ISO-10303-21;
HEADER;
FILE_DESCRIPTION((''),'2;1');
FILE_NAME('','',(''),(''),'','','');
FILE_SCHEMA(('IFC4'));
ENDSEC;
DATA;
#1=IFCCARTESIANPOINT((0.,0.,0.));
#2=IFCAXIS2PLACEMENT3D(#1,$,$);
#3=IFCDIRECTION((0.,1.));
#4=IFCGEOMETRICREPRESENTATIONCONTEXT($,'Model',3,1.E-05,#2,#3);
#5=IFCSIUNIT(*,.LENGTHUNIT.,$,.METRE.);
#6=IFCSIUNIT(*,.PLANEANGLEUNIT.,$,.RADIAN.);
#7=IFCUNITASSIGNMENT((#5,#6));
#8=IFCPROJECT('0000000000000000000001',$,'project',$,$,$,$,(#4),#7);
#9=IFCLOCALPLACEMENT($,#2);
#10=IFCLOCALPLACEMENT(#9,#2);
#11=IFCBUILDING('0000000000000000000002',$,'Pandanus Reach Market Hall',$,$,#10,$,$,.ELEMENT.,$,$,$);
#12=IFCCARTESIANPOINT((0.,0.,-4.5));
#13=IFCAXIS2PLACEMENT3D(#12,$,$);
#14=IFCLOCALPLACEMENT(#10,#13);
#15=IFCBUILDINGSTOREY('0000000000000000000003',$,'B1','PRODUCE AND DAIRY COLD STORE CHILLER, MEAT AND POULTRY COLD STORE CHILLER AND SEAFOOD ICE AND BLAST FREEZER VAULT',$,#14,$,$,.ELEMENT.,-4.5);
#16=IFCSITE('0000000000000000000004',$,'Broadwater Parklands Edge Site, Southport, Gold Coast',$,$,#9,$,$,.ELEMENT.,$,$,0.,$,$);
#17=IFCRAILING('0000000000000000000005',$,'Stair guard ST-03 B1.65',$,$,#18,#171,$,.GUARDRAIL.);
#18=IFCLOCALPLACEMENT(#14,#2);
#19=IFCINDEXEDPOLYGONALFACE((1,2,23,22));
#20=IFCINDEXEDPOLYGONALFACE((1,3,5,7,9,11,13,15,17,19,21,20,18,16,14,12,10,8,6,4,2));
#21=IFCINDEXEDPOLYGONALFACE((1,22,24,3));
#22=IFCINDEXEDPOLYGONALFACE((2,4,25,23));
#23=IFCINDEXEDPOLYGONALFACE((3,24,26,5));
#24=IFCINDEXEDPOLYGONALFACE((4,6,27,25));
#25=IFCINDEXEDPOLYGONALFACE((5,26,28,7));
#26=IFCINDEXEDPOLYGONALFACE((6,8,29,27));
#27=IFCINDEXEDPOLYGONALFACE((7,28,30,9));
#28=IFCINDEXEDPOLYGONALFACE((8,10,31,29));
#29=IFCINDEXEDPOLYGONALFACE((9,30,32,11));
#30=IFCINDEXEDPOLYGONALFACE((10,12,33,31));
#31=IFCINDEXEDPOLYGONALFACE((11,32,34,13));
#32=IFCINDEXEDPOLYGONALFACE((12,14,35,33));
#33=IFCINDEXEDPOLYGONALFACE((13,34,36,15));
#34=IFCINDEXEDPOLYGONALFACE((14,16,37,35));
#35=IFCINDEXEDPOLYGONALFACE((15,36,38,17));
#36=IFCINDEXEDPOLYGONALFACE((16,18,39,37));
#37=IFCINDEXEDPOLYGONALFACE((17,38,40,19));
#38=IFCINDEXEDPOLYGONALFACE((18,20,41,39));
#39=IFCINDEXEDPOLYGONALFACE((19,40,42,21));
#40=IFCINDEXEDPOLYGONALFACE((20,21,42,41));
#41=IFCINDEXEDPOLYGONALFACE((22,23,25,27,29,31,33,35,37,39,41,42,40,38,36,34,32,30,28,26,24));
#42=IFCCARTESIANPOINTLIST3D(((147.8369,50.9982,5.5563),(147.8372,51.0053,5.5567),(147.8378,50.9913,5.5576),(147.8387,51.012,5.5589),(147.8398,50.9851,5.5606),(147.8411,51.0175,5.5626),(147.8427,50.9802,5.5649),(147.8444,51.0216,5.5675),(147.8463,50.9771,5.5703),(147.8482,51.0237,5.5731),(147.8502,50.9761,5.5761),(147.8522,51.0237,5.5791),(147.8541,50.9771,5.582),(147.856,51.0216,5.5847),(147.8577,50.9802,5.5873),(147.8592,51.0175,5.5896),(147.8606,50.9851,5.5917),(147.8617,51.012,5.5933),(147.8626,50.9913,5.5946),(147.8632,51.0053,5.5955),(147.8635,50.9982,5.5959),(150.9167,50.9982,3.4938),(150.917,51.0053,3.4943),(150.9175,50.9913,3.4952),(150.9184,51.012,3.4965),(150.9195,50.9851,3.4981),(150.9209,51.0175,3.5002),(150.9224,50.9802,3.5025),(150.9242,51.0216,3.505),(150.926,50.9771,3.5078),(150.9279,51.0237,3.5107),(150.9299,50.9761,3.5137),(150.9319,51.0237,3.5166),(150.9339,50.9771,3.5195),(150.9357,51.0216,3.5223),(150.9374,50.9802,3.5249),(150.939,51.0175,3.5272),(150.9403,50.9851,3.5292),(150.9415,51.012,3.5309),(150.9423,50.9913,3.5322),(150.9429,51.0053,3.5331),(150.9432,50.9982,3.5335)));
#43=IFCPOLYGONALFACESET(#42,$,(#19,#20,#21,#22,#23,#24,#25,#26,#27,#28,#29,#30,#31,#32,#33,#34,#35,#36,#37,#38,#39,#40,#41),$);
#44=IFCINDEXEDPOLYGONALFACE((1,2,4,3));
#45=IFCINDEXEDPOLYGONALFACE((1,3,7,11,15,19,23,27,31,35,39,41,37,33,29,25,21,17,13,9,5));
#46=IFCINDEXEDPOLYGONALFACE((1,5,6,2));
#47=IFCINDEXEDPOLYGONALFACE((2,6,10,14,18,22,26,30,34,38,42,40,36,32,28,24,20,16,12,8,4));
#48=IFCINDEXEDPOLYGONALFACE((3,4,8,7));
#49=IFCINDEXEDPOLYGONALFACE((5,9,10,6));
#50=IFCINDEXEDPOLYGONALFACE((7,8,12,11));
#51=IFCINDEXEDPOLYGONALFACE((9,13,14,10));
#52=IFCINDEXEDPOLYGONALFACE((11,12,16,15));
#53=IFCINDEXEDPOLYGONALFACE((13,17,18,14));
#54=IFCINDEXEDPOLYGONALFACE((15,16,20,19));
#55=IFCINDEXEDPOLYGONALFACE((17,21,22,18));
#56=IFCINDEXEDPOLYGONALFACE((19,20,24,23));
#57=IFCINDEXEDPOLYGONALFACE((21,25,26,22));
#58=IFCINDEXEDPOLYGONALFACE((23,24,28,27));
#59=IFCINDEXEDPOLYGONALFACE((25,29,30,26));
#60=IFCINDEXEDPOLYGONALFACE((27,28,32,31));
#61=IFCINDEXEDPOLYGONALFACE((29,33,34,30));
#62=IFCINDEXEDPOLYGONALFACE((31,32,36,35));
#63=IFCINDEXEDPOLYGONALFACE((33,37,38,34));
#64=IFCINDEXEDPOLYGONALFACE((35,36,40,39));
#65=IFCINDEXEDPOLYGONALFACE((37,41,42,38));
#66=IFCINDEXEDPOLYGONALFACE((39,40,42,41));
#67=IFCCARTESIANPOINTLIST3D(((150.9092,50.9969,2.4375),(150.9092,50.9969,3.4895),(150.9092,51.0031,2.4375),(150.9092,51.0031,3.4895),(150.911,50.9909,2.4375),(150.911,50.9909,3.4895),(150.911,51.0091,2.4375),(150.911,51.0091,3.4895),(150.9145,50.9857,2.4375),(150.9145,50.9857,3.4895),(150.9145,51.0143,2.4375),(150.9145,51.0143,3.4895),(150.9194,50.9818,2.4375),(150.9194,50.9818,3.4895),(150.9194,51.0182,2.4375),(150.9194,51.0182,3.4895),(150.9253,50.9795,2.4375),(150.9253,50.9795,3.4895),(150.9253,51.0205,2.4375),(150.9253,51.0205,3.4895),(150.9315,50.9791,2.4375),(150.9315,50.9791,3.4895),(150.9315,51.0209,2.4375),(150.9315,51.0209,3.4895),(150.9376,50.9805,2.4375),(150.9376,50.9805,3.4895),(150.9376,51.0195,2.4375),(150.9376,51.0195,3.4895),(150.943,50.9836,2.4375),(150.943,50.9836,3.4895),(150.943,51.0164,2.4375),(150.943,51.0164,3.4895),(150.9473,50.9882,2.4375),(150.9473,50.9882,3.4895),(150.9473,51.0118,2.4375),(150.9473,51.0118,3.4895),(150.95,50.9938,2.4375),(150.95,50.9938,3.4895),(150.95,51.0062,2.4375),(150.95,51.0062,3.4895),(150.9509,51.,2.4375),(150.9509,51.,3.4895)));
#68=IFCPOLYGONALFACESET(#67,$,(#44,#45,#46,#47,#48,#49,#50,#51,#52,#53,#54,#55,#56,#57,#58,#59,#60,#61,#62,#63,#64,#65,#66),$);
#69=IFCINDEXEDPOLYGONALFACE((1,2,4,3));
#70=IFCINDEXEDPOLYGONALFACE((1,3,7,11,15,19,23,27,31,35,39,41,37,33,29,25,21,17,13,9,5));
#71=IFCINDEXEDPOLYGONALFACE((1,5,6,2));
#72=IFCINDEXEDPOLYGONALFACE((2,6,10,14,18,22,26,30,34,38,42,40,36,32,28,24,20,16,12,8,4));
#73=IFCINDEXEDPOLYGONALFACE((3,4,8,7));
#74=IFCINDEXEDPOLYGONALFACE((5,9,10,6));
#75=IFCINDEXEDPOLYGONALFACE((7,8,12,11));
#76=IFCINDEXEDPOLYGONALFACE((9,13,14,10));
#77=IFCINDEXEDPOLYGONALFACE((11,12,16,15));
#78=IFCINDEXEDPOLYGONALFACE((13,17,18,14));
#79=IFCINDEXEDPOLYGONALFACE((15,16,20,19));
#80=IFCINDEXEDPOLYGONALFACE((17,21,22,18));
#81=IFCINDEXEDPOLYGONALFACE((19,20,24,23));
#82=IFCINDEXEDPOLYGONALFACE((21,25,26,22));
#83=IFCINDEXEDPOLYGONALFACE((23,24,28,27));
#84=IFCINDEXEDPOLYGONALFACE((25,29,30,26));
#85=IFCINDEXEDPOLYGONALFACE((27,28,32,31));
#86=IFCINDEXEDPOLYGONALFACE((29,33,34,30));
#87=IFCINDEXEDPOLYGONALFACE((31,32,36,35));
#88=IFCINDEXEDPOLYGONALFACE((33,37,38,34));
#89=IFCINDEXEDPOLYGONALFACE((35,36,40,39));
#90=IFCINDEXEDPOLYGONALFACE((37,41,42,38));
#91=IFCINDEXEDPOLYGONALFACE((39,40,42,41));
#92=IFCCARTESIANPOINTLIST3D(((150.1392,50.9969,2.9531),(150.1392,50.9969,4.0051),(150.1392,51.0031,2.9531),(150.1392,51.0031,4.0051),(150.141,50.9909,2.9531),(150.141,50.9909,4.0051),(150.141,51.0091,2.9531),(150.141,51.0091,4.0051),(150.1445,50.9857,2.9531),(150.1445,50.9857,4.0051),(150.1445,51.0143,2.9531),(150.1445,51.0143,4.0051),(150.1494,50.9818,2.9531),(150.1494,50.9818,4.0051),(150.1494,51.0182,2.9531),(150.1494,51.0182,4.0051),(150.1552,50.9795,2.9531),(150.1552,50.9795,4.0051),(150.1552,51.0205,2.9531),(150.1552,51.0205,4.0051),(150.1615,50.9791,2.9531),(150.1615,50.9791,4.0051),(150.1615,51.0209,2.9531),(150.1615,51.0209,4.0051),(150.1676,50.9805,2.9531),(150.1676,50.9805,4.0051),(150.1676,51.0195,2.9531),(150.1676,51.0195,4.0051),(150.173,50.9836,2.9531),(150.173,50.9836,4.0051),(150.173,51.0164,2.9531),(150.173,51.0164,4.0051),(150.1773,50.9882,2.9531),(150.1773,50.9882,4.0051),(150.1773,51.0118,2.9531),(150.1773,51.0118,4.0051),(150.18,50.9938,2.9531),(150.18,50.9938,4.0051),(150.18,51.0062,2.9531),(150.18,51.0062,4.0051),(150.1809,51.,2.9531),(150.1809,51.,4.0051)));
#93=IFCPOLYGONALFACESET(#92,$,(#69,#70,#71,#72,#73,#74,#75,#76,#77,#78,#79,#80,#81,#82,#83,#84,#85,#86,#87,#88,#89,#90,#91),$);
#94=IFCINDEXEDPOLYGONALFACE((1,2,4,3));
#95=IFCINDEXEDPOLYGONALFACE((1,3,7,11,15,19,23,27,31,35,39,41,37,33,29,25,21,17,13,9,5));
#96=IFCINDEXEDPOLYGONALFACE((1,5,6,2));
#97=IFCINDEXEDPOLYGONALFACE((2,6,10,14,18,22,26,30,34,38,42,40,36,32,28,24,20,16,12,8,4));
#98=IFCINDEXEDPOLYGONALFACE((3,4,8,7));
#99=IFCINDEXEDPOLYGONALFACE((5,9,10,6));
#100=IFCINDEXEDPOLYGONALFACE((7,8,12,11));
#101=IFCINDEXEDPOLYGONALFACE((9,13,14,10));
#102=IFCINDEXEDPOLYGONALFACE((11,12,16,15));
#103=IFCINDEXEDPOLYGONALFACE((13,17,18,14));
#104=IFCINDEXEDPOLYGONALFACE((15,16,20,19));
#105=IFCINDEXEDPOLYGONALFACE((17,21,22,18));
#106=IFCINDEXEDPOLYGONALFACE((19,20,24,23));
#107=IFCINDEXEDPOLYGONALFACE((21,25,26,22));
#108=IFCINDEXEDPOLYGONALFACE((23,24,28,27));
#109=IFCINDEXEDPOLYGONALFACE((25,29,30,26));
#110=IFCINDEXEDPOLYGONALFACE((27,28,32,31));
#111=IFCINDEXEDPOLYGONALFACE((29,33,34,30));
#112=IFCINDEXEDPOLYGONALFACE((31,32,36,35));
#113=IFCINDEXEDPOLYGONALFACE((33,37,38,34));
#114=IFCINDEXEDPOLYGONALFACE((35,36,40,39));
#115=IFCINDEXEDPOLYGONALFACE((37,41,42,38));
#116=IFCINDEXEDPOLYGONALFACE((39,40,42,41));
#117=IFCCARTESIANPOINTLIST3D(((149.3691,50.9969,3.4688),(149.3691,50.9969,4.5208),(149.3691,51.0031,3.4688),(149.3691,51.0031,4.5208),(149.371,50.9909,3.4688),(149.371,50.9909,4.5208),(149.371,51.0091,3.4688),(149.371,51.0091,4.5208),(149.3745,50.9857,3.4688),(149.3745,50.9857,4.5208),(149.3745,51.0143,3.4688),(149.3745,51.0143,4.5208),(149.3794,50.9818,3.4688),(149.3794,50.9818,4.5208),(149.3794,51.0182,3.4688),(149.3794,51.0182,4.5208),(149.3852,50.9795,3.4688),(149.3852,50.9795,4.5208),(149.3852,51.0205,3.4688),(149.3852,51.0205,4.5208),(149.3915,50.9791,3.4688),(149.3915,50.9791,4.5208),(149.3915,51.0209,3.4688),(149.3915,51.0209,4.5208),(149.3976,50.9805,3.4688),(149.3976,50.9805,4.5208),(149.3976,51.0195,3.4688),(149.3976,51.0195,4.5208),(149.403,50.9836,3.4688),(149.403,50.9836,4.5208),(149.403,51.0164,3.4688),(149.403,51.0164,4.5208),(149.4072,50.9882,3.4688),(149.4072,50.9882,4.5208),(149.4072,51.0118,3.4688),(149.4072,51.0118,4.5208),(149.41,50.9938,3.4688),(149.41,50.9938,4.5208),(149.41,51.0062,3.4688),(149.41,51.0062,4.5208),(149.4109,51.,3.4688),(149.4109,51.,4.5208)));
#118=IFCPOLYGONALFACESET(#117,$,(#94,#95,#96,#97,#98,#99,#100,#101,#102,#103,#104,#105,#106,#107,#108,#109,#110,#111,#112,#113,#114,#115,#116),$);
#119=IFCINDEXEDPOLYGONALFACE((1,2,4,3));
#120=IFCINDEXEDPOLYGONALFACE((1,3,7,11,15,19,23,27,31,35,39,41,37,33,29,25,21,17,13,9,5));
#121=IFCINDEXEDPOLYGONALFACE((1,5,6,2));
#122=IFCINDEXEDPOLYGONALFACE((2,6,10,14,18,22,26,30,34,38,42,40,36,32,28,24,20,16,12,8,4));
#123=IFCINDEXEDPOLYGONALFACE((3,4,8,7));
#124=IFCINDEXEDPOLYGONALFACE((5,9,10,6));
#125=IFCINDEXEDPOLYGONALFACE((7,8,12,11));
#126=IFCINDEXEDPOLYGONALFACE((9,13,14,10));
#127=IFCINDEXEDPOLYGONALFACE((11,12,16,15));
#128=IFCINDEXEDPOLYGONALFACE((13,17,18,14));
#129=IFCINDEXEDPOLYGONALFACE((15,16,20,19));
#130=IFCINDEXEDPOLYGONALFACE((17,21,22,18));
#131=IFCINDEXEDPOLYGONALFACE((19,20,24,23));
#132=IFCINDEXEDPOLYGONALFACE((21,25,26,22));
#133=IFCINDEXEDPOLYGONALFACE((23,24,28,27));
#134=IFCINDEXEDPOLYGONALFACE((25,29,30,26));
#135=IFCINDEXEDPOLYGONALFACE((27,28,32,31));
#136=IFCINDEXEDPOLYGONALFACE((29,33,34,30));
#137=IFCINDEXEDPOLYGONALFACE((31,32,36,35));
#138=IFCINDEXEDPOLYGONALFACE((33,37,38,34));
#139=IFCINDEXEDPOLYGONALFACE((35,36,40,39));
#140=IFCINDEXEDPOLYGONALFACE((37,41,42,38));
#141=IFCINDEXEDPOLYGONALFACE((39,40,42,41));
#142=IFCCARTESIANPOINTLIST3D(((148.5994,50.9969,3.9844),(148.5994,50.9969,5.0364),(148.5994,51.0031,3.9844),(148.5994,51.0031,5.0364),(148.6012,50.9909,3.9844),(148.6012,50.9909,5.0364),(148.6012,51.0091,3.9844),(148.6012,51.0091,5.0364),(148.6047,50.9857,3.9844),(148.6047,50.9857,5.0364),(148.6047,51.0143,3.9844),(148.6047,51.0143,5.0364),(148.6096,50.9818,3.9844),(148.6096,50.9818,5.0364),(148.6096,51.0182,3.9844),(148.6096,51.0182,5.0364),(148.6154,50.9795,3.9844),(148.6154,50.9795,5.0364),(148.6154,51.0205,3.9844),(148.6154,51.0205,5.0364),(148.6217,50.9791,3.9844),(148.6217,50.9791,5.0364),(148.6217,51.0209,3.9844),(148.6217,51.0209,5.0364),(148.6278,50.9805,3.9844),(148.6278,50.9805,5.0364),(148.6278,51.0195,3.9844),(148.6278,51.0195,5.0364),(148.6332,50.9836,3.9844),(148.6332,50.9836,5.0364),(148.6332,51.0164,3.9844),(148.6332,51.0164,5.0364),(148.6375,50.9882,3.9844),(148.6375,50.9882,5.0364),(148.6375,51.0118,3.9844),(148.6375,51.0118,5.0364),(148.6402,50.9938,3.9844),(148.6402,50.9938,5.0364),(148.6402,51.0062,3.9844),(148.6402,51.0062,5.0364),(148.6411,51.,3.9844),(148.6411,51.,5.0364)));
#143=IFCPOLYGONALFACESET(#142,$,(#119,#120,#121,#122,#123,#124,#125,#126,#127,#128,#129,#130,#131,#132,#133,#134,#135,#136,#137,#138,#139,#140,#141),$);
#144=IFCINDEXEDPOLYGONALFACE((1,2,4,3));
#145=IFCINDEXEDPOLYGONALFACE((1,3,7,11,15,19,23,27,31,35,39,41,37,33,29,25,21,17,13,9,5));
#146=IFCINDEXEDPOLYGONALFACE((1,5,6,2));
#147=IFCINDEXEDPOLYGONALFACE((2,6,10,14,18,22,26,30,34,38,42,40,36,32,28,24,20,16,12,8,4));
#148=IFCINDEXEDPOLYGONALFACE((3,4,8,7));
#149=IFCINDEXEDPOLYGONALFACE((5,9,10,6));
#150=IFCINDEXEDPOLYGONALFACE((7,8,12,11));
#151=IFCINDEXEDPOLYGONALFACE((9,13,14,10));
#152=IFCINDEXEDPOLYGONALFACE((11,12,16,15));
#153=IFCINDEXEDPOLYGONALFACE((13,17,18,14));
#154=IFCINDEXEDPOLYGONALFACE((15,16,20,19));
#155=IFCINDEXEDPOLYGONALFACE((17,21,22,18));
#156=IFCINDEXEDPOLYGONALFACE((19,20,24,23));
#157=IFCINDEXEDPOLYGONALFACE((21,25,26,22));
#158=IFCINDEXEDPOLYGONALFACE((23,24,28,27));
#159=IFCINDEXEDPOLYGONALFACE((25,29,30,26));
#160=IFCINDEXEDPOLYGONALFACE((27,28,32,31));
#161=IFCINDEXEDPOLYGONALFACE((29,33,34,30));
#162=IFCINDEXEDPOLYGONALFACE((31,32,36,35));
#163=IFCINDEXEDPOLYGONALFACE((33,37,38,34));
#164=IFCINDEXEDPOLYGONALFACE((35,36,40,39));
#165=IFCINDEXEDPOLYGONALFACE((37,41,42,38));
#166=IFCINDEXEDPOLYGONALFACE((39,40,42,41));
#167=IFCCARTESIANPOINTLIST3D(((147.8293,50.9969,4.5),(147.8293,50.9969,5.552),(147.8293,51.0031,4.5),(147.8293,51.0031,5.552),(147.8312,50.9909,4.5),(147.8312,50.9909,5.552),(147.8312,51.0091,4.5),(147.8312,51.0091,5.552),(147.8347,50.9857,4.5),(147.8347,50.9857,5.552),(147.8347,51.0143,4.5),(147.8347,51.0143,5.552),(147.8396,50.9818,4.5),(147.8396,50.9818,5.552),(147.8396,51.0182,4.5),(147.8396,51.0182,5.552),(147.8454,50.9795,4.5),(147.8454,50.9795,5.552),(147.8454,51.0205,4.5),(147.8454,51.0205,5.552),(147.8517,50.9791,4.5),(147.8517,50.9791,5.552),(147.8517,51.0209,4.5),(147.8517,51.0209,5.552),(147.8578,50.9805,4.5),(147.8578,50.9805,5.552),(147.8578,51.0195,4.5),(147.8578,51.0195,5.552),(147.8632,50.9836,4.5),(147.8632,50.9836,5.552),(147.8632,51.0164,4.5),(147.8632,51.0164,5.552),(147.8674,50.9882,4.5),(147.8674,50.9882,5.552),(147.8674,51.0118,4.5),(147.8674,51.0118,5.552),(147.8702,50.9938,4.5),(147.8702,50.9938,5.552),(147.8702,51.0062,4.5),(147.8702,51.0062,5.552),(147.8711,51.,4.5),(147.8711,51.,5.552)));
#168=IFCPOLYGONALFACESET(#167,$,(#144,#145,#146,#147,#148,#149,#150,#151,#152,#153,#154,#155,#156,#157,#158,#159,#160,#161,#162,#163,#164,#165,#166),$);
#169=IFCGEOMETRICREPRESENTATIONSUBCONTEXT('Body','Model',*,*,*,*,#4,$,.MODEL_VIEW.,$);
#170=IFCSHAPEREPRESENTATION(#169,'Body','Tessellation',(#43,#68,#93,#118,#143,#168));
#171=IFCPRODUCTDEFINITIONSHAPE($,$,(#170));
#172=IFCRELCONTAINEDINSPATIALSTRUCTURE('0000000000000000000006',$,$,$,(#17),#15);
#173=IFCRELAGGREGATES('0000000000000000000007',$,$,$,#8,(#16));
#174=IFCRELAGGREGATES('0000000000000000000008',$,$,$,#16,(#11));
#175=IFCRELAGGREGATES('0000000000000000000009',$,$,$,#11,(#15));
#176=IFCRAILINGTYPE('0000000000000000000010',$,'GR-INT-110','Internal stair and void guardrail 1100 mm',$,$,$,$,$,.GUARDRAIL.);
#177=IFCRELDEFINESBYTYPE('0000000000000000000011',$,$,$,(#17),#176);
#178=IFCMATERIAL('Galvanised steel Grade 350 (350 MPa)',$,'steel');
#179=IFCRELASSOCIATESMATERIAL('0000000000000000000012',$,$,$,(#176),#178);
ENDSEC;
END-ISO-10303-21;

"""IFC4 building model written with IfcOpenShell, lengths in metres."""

from ifc_helpers import new_model, si_unit, direction, frame, origin, origin_2d, place, context, subcontext, project, spatial, circle, extrude, material, type_object, element, save


model = new_model("IFC4")

# Units and contexts
model_context = context("Model", 3, precision=1e-05, world=origin(), true_north=direction((0.0, 1.0)))
body_context = subcontext(model_context, "Body", "Model", "MODEL_VIEW")
ifc_project = project(units=[si_unit("LENGTHUNIT", "METRE"), si_unit("PLANEANGLEUNIT", "RADIAN")], contexts=[model_context])

# Site, building, storey
site_placement = place(None, origin())
site = spatial("IfcSite", under=ifc_project, at=site_placement, Name="Broadwater Parklands Edge Site, Southport, Gold Coast", CompositionType="ELEMENT", RefElevation=0.0)
building_placement = place(site_placement, origin())
building = spatial("IfcBuilding", under=site, at=building_placement, Name="Pandanus Reach Market Hall", CompositionType="ELEMENT")
storey_placement = place(building_placement, frame((0.0, 0.0, -4.5)))
storey = spatial("IfcBuildingStorey", under=building, at=storey_placement, Name="B1", Description="PRODUCE AND DAIRY COLD STORE CHILLER, MEAT AND POULTRY COLD STORE CHILLER AND SEAFOOD ICE AND BLAST FREEZER VAULT", CompositionType="ELEMENT", Elevation=-4.5)

# Railing
ifc_material_1 = material(Name="Galvanised steel Grade 350 (350 MPa)", Category="steel")
railing_type_1 = type_object("IfcRailingType", Name="GR-INT-110", Description="Internal stair and void guardrail 1100 mm", PredefinedType="GUARDRAIL", material=ifc_material_1)
railing_1_placement = place(storey_placement, frame((150.9299, 51.0, 2.4375)))
element("IfcRailing", 1, at=railing_1_placement, inside=storey, type_object=railing_type_1, Name="Stair guard ST-03 B1.65", PredefinedType="GUARDRAIL", context=body_context, shape_type="SweptSolid", body=[
    extrude(circle(Radius=0.0239, at=origin_2d()), frame((0.0, 0.0, 1.0762), z_axis=(-0.830893, 0.0, 0.556432), x_axis=(0.0, -1.0, 0.0)), (0.0, 0.0, 1.0), 3.7065),
    extrude(circle(Radius=0.021, at=origin_2d()), origin(), (0.0, 0.0, 1.0), 1.052),
    extrude(circle(Radius=0.021, at=origin_2d()), frame((-0.77, 0.0, 0.5156)), (0.0, 0.0, 1.0), 1.052),
    extrude(circle(Radius=0.021, at=origin_2d()), frame((-1.54, 0.0, 1.0312)), (0.0, 0.0, 1.0), 1.052),
    extrude(circle(Radius=0.021, at=origin_2d()), frame((-2.3098, 0.0, 1.5469)), (0.0, 0.0, 1.0), 1.052),
    extrude(circle(Radius=0.021, at=origin_2d()), frame((-3.0798, 0.0, 2.0625)), (0.0, 0.0, 1.0), 1.052),
])

save(model, "model.ifc")
